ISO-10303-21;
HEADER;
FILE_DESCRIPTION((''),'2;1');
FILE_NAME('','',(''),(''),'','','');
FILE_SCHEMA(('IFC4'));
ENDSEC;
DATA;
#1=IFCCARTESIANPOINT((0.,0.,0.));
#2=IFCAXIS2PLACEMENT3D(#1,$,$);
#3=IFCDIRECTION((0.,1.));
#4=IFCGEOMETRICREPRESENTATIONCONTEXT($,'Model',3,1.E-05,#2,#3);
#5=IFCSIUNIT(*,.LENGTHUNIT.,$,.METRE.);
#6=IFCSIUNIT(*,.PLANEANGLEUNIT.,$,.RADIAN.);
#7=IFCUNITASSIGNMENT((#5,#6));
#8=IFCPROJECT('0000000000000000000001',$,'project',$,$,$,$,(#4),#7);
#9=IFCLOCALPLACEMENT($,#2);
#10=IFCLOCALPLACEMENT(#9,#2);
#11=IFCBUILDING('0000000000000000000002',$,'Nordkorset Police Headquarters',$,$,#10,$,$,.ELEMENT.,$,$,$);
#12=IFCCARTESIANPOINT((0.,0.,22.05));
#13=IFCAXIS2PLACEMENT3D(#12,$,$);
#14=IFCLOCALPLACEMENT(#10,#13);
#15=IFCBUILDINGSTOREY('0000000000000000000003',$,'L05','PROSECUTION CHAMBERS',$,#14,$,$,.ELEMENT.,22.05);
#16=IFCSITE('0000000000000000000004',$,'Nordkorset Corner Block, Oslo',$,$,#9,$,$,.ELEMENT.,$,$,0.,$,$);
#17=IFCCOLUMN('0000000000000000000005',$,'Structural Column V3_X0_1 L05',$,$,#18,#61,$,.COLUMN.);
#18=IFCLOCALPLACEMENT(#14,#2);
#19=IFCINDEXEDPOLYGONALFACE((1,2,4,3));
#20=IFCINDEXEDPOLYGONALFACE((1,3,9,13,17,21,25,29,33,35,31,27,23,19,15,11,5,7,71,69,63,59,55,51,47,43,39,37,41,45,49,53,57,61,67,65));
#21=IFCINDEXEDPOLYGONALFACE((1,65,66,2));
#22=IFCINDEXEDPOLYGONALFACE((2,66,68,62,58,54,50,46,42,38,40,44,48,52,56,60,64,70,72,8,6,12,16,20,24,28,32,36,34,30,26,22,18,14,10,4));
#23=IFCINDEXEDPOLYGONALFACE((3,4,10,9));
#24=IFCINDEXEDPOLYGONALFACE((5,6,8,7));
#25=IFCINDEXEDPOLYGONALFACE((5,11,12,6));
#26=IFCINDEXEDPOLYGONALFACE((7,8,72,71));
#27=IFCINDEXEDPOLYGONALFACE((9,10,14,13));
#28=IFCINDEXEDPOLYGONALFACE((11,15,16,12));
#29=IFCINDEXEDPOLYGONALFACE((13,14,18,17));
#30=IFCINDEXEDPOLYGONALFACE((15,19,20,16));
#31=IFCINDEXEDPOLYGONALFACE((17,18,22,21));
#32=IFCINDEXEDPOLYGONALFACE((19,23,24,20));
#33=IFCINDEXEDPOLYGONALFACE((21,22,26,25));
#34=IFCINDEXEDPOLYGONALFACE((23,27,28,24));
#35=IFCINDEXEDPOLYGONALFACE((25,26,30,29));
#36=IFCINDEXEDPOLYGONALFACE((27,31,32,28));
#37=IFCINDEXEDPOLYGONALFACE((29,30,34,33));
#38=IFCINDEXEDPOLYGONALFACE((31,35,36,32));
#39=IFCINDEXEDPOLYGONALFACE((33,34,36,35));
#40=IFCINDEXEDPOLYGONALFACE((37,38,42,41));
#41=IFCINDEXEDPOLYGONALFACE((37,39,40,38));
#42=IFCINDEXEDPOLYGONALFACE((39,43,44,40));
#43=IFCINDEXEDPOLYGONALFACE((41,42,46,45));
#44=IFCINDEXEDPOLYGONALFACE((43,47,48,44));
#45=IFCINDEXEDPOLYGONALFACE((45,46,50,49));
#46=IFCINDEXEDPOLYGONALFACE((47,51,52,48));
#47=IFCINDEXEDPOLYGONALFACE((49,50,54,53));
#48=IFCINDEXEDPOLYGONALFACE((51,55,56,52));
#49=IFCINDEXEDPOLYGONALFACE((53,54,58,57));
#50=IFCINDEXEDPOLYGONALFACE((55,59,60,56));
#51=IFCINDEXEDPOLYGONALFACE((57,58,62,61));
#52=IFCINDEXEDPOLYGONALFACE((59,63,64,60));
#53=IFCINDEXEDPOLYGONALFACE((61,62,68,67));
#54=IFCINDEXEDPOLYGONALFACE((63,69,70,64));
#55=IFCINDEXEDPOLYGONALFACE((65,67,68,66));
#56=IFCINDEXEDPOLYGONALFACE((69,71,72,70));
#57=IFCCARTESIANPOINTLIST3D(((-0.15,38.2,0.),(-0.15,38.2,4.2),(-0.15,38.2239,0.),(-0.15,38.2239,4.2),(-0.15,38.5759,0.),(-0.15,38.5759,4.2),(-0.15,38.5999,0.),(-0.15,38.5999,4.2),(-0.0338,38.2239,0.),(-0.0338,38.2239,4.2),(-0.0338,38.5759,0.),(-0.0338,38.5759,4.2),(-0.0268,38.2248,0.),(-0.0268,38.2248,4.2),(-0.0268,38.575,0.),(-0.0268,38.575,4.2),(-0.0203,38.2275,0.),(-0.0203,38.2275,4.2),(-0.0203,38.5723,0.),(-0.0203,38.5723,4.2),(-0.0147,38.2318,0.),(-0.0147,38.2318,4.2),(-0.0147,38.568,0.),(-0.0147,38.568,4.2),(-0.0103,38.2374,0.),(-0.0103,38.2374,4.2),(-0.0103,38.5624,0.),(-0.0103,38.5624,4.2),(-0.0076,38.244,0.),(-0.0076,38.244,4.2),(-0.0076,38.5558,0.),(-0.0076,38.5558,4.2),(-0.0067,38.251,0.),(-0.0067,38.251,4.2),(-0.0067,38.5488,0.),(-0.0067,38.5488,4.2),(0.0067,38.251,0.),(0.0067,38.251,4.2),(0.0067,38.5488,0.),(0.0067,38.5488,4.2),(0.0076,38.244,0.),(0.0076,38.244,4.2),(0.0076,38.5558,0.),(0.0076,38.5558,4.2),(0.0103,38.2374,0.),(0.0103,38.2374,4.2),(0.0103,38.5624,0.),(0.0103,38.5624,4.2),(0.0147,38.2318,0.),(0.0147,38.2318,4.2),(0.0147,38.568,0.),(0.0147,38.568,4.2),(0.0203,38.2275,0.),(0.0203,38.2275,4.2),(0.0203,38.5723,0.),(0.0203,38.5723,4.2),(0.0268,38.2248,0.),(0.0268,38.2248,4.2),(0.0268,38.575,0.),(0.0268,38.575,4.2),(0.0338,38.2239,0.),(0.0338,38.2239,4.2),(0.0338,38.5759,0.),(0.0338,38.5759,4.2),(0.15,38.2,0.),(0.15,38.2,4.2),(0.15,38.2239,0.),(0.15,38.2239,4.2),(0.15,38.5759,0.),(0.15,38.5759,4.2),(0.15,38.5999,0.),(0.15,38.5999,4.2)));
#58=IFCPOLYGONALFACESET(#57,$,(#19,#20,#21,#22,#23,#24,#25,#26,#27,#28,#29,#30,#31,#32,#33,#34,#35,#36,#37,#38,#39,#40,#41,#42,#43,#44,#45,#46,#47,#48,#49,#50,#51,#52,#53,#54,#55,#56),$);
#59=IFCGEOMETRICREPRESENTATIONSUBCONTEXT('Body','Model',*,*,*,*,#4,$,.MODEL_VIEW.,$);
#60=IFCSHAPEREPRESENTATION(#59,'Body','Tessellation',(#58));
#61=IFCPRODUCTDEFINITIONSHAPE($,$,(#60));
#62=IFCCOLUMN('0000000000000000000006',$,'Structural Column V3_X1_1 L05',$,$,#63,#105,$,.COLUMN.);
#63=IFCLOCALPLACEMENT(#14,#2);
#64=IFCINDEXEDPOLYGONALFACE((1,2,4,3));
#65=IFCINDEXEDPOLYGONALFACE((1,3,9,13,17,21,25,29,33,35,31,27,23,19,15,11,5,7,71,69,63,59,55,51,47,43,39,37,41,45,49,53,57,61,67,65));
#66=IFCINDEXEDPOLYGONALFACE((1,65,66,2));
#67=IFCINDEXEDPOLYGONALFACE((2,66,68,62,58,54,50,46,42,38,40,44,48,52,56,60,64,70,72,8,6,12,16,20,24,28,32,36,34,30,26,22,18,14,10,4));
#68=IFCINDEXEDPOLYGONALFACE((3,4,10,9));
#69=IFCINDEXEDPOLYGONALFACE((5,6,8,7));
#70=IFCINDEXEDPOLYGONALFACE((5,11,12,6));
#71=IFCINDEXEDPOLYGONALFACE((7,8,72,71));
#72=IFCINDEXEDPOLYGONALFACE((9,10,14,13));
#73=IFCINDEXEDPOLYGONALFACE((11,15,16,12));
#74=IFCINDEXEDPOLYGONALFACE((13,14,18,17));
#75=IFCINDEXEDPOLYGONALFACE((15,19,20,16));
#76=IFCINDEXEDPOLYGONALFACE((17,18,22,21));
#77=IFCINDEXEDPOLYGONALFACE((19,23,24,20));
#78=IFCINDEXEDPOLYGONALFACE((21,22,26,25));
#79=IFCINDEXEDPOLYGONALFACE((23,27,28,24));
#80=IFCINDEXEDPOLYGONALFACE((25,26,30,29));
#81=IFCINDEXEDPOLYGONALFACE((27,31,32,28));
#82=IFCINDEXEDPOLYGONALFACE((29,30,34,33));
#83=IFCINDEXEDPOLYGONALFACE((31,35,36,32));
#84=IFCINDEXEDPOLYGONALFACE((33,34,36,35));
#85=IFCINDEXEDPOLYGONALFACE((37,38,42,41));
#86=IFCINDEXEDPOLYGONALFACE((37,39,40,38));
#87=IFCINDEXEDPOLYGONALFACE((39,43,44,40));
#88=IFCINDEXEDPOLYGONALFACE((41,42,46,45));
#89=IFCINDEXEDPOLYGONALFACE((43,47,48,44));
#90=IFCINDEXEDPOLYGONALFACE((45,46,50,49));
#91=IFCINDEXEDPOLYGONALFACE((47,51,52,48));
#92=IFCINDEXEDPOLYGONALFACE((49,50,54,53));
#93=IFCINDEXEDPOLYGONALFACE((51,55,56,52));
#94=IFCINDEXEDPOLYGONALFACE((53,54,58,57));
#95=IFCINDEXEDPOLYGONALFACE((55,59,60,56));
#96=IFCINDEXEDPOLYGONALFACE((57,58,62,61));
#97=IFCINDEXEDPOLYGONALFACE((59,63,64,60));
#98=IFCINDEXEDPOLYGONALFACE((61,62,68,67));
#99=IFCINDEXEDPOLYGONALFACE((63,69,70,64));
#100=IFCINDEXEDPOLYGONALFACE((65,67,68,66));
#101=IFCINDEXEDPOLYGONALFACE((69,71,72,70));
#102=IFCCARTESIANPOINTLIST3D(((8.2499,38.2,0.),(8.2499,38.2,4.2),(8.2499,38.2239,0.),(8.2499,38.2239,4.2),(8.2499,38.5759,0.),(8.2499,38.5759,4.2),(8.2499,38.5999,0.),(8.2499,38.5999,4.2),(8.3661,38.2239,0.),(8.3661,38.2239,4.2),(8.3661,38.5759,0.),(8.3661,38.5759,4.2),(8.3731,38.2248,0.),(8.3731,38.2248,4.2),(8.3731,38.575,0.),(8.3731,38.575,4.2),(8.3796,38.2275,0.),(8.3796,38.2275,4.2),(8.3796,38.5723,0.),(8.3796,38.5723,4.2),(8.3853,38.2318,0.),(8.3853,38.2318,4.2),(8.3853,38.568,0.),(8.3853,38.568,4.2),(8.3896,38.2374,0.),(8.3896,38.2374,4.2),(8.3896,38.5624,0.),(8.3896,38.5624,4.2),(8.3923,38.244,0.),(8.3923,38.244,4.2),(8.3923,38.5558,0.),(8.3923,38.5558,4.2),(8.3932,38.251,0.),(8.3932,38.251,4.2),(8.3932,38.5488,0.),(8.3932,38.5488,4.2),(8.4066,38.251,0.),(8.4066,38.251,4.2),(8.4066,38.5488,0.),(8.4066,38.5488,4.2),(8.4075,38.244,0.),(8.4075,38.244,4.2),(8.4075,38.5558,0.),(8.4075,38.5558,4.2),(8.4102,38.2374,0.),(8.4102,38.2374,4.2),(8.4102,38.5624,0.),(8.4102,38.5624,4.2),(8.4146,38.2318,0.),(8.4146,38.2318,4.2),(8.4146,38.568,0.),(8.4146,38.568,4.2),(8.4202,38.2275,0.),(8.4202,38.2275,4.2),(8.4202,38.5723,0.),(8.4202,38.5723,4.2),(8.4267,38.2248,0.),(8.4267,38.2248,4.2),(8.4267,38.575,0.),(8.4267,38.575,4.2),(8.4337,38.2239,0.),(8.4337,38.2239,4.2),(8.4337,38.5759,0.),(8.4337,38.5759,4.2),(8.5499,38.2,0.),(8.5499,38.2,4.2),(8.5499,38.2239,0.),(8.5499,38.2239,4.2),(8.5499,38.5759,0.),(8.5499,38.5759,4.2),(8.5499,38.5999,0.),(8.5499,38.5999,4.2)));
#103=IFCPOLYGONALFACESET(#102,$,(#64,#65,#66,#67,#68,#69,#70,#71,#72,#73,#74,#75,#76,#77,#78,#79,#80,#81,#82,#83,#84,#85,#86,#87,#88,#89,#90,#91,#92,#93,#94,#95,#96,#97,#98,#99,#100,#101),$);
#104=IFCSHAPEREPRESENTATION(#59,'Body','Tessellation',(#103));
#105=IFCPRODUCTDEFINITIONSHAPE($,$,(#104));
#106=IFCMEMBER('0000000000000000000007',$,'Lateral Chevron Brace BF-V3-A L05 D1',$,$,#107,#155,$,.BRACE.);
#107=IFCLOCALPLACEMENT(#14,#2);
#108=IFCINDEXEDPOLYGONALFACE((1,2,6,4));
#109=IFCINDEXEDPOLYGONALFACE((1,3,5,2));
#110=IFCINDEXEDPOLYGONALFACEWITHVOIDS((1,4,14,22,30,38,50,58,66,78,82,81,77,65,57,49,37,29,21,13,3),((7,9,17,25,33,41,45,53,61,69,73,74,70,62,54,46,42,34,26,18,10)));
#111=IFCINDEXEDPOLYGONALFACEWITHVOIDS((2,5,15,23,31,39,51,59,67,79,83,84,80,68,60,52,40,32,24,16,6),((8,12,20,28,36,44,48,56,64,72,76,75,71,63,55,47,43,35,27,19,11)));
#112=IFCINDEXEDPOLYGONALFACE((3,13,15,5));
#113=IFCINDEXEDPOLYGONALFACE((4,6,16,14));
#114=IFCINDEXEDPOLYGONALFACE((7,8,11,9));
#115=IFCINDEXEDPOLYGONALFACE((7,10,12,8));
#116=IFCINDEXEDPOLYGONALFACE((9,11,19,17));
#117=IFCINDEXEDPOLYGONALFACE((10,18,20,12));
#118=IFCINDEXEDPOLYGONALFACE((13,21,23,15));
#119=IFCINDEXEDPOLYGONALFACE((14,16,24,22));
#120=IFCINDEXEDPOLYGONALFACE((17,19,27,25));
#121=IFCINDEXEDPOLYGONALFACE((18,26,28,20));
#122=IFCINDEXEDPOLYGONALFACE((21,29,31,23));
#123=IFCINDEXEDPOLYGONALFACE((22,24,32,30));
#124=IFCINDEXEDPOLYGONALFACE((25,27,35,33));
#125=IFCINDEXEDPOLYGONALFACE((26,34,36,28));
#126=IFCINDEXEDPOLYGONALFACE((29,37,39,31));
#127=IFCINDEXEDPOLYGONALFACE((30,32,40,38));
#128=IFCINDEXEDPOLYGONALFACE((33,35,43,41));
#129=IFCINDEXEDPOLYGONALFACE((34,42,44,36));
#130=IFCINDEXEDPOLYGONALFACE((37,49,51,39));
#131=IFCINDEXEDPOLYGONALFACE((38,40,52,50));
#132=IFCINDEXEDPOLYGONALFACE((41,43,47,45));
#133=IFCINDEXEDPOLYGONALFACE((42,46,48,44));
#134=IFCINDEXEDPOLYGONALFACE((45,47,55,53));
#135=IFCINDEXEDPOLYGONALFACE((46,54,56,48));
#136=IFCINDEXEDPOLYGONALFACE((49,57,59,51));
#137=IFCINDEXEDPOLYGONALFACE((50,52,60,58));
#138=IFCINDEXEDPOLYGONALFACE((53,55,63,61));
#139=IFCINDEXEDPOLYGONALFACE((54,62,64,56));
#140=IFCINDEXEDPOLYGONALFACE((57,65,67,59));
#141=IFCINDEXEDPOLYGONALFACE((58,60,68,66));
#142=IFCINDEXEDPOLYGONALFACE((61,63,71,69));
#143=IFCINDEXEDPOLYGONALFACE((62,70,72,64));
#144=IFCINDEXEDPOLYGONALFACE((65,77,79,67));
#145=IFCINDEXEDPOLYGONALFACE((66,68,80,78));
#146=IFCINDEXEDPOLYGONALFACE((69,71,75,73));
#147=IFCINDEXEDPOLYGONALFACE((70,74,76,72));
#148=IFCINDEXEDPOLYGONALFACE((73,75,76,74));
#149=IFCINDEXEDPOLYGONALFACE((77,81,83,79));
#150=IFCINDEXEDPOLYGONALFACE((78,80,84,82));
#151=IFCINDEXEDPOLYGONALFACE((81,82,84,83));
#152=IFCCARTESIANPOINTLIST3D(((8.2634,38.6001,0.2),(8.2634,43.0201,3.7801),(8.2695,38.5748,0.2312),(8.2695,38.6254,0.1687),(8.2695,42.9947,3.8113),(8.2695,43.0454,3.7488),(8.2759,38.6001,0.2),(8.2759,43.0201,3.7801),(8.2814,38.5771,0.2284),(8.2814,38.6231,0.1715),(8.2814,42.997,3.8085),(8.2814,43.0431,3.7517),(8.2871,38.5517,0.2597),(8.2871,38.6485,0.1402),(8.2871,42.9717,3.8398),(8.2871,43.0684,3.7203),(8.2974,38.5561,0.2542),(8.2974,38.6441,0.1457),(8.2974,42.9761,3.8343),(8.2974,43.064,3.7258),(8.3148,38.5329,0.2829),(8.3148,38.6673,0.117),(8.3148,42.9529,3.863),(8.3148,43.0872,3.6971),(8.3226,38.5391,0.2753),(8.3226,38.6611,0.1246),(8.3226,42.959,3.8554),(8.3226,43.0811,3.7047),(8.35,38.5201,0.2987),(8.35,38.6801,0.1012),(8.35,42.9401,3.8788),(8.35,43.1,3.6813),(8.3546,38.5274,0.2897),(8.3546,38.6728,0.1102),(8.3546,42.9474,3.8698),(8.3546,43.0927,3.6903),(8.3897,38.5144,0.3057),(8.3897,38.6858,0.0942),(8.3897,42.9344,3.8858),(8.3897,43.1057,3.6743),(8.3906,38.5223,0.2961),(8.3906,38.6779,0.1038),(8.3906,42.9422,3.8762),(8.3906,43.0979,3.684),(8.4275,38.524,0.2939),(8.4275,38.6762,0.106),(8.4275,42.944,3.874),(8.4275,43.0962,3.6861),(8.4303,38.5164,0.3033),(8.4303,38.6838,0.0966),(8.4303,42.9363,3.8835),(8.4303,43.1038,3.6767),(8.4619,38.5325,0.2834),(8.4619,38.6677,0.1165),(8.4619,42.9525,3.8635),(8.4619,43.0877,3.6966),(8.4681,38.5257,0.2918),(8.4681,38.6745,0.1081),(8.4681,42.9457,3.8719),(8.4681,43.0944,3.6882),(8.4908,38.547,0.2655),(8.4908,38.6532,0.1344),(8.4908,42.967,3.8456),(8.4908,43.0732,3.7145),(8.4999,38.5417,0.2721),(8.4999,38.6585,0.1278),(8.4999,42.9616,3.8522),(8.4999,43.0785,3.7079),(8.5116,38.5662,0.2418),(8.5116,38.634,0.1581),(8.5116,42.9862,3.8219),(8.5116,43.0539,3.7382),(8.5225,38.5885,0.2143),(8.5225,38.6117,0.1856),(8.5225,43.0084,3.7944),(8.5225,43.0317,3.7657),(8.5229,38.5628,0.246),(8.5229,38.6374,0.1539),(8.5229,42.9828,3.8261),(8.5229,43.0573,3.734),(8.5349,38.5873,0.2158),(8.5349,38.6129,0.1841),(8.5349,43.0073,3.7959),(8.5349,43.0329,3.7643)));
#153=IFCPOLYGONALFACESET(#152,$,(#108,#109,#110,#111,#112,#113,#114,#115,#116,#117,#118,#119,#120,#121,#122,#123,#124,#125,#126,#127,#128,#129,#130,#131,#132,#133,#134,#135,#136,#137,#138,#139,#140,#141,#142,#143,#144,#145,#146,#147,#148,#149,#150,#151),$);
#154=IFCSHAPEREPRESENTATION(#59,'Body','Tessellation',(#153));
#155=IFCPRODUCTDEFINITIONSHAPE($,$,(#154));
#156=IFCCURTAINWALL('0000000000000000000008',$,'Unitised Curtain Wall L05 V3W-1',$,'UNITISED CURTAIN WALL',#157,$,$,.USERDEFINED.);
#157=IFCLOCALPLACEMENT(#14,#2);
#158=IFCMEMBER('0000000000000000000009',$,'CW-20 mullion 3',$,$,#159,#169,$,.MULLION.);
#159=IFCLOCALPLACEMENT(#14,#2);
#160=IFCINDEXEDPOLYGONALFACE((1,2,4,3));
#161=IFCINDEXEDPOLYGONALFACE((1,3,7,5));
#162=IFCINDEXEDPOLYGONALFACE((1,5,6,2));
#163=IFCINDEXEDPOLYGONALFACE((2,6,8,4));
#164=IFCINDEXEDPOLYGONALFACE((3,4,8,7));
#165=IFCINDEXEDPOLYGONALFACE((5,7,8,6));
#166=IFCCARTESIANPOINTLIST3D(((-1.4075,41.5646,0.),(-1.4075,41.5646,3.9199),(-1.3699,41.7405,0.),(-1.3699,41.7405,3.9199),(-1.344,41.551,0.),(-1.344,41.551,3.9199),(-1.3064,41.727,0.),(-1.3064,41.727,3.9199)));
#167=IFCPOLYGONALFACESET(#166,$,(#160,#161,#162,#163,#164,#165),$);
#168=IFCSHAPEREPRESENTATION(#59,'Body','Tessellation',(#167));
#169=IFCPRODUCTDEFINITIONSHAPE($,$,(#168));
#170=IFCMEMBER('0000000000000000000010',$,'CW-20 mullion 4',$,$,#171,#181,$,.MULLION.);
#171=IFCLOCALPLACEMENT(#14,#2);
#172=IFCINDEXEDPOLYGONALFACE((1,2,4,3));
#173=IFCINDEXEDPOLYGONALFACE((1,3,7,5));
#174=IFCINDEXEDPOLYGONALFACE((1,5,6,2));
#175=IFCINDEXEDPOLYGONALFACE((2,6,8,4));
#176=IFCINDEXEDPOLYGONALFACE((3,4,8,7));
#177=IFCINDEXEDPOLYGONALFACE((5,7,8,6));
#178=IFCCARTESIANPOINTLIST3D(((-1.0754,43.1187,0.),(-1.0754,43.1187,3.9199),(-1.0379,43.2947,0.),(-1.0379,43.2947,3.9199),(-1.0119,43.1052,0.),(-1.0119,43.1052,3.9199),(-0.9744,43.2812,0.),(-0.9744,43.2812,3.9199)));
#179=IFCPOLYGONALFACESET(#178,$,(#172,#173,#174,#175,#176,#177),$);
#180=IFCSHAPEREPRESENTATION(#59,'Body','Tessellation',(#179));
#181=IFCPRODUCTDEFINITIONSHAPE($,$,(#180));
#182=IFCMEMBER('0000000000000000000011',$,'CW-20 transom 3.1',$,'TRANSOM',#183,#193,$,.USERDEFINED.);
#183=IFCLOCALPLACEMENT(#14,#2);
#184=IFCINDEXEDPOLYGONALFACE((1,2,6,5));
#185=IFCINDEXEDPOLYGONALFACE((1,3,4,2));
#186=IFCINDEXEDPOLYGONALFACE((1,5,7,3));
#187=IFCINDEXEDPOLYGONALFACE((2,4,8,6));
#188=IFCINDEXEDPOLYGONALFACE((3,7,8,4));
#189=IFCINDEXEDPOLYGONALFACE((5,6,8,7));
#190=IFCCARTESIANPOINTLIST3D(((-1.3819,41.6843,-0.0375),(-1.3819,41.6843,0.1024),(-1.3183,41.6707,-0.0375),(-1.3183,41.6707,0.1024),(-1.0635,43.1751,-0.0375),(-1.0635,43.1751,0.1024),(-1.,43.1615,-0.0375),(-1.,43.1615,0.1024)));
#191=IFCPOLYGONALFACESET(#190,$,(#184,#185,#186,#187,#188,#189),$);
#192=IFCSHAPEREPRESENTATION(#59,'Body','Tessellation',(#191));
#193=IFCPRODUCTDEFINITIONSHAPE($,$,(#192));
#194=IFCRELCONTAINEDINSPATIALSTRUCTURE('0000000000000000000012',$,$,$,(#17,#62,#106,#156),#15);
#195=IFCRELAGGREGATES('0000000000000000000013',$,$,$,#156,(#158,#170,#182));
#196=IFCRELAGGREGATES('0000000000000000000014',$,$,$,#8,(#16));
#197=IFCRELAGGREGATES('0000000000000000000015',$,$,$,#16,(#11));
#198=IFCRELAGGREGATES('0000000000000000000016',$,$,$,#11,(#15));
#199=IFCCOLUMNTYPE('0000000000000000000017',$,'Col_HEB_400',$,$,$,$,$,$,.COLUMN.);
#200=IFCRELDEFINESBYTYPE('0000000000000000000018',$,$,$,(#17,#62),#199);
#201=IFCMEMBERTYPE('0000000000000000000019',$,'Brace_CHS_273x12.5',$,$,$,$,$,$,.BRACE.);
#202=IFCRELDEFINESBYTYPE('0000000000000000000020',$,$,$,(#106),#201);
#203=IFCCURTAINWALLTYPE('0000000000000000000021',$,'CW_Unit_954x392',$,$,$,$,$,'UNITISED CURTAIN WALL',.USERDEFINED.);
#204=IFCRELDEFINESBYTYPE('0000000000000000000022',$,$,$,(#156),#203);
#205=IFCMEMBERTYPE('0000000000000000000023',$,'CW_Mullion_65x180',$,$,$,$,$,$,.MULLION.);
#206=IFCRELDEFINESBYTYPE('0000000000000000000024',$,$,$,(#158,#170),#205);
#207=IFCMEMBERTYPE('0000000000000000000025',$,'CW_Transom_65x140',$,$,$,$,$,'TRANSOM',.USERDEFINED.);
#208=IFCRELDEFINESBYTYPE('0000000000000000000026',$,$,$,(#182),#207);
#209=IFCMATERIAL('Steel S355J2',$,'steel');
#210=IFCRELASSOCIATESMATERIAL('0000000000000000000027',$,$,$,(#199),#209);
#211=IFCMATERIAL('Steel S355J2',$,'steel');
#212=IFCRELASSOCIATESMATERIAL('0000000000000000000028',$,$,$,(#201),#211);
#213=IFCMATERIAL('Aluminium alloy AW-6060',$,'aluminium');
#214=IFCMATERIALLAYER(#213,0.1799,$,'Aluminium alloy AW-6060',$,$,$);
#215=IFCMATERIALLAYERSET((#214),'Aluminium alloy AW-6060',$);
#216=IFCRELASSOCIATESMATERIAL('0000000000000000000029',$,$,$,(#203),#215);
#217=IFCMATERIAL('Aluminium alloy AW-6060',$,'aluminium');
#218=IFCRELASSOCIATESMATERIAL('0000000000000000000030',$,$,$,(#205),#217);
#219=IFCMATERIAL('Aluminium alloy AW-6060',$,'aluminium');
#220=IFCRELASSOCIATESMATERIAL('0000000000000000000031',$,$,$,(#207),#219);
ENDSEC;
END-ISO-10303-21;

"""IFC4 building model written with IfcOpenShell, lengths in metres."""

from ifc_helpers import new_model, si_unit, direction, frame, origin, origin_2d, place, context, subcontext, project, spatial, rectangle, hollow_circle, i_section, extrude, material, layer, layer_set, material_profile, profile_set, type_object, element, aggregate, save


model = new_model("IFC4")

# Units and contexts
model_context = context("Model", 3, precision=1e-05, world=origin(), true_north=direction((0.0, 1.0)))
body_context = subcontext(model_context, "Body", "Model", "MODEL_VIEW")
ifc_project = project(units=[si_unit("LENGTHUNIT", "METRE"), si_unit("PLANEANGLEUNIT", "RADIAN")], contexts=[model_context])

# Site, building, storey
site_placement = place(None, origin())
site = spatial("IfcSite", under=ifc_project, at=site_placement, Name="Nordkorset Corner Block, Oslo", CompositionType="ELEMENT", RefElevation=0.0)
building_placement = place(site_placement, origin())
building = spatial("IfcBuilding", under=site, at=building_placement, Name="Nordkorset Police Headquarters", CompositionType="ELEMENT")
storey_placement = place(building_placement, frame((0.0, 0.0, 22.05)))
storey = spatial("IfcBuildingStorey", under=building, at=storey_placement, Name="L05", Description="PROSECUTION CHAMBERS", CompositionType="ELEMENT", Elevation=22.05)

# Columns
ifc_material_1 = material(Name="Steel S355J2", Category="steel")
ifc_material_profile_1 = material_profile(ifc_material_1, i_section(OverallWidth=0.3, OverallDepth=0.3999, WebThickness=0.0134, FlangeThickness=0.0239, FilletRadius=0.0271, at=origin_2d()), Name="HEB 400")
ifc_profile_set_1 = profile_set([ifc_material_profile_1], Name="Steel S355J2")
column_type = type_object("IfcColumnType", Name="Col_HEB_400", PredefinedType="COLUMN", material=ifc_profile_set_1)
for number, where, z_axis, x_axis, name in (
    (1, (0.0, 38.3999, 0.0), (0.0, 0.0, 1.0), (1.0, 0.0, 0.0), "Structural Column V3_X0_1 L05"),
    (2, (8.3999, 38.3999, 0.0), (0.0, 0.0, 1.0), (1.0, 0.0, 0.0), "Structural Column V3_X1_1 L05"),
):
    element("IfcColumn", number, at=place(storey_placement, frame(where, z_axis=z_axis, x_axis=x_axis)), inside=storey, type_object=column_type, Name=name, PredefinedType="COLUMN", context=body_context, shape_type="SweptSolid", body=[
        extrude(i_section(OverallWidth=0.3, OverallDepth=0.3999, WebThickness=0.0134, FlangeThickness=0.0239, FilletRadius=0.0271, at=origin_2d()), origin(), (0.0, 0.0, 1.0), 4.2),
    ])

# Member
ifc_material_2 = material(Name="Steel S355J2", Category="steel")
ifc_material_profile_2 = material_profile(ifc_material_2, hollow_circle(Radius=0.1365, WallThickness=0.0125, at=origin_2d()), Name="CHS 273x12.5")
ifc_profile_set_2 = profile_set([ifc_material_profile_2], Name="Steel S355J2")
member_type_1 = type_object("IfcMemberType", Name="Brace_CHS_273x12.5", PredefinedType="BRACE", material=ifc_profile_set_2)
member_1_placement = place(storey_placement, frame((8.3999, 38.6001, 0.2), z_axis=(0.0, 0.777069, 0.629416), x_axis=(-1.0, 0.0, 0.0)))
element("IfcMember", 3, at=member_1_placement, inside=storey, type_object=member_type_1, Name="Lateral Chevron Brace BF-V3-A L05 D1", PredefinedType="BRACE", context=body_context, shape_type="SweptSolid", body=[
    extrude(hollow_circle(Radius=0.1365, WallThickness=0.0125, at=origin_2d()), origin(), (0.0, 0.0, 1.0), 5.688),
])

# Curtain wall, members
ifc_material_3 = material(Name="Aluminium alloy AW-6060", Category="aluminium")
ifc_layer_1 = layer(ifc_material_3, 0.1799, Name="Aluminium alloy AW-6060")
ifc_layer_set_1 = layer_set([ifc_layer_1], Name="Aluminium alloy AW-6060")
curtain_wall_type = type_object("IfcCurtainWallType", Name="CW_Unit_954x392", ElementType="UNITISED CURTAIN WALL", PredefinedType="USERDEFINED", material=ifc_layer_set_1)
curtain_wall_placement = place(storey_placement, origin())
curtain_wall = element("IfcCurtainWall", 4, at=curtain_wall_placement, inside=storey, type_object=curtain_wall_type, Name="Unitised Curtain Wall L05 V3W-1", ObjectType="UNITISED CURTAIN WALL", PredefinedType="USERDEFINED")
ifc_material_4 = material(Name="Aluminium alloy AW-6060", Category="aluminium")
ifc_material_profile_3 = material_profile(ifc_material_4, rectangle(XDim=0.0649, YDim=0.1799, at=origin_2d()), Name="ALU MULL 65x180")
ifc_profile_set_3 = profile_set([ifc_material_profile_3], Name="Aluminium alloy AW-6060")
member_type_2 = type_object("IfcMemberType", Name="CW_Mullion_65x180", PredefinedType="MULLION", material=ifc_profile_set_3)
member_2_placement = place(storey_placement, frame((-1.3569, 41.6458, 0.0), z_axis=(0.0, 0.0, 1.0), x_axis=(-0.977951, 0.208833, 0.0)))
member_2 = element("IfcMember", 5, at=member_2_placement, type_object=member_type_2, Name="CW-20 mullion 3", PredefinedType="MULLION", context=body_context, shape_type="SweptSolid", body=[
    extrude(rectangle(XDim=0.0649, YDim=0.1799, at=origin_2d()), origin(), (0.0, 0.0, 1.0), 3.9199),
])
member_3_placement = place(storey_placement, frame((-1.0249, 43.2, 0.0), z_axis=(0.0, 0.0, 1.0), x_axis=(-0.977951, 0.208833, 0.0)))
member_3 = element("IfcMember", 6, at=member_3_placement, type_object=member_type_2, Name="CW-20 mullion 4", PredefinedType="MULLION", context=body_context, shape_type="SweptSolid", body=[
    extrude(rectangle(XDim=0.0649, YDim=0.1799, at=origin_2d()), origin(), (0.0, 0.0, 1.0), 3.9199),
])
ifc_material_5 = material(Name="Aluminium alloy AW-6060", Category="aluminium")
ifc_material_profile_4 = material_profile(ifc_material_5, rectangle(XDim=0.0649, YDim=0.1399, at=origin_2d()), Name="ALU TRAN 65x140")
ifc_profile_set_4 = profile_set([ifc_material_profile_4], Name="Aluminium alloy AW-6060")
member_type_3 = type_object("IfcMemberType", Name="CW_Transom_65x140", ElementType="TRANSOM", PredefinedType="USERDEFINED", material=ifc_profile_set_4)
member_4_placement = place(storey_placement, frame((-1.3501, 41.6775, 0.0325), z_axis=(0.208851, 0.977947, 0.0), x_axis=(-0.977947, 0.208851, 0.0)))
member_4 = element("IfcMember", 7, at=member_4_placement, type_object=member_type_3, Name="CW-20 transom 3.1", ObjectType="TRANSOM", PredefinedType="USERDEFINED", context=body_context, shape_type="SweptSolid", body=[
    extrude(rectangle(XDim=0.0649, YDim=0.1399, at=origin_2d()), origin(), (0.0, 0.0, 1.0), 1.5244),
])

aggregate(curtain_wall, [member_2, member_3, member_4])

save(model, "model.ifc")
